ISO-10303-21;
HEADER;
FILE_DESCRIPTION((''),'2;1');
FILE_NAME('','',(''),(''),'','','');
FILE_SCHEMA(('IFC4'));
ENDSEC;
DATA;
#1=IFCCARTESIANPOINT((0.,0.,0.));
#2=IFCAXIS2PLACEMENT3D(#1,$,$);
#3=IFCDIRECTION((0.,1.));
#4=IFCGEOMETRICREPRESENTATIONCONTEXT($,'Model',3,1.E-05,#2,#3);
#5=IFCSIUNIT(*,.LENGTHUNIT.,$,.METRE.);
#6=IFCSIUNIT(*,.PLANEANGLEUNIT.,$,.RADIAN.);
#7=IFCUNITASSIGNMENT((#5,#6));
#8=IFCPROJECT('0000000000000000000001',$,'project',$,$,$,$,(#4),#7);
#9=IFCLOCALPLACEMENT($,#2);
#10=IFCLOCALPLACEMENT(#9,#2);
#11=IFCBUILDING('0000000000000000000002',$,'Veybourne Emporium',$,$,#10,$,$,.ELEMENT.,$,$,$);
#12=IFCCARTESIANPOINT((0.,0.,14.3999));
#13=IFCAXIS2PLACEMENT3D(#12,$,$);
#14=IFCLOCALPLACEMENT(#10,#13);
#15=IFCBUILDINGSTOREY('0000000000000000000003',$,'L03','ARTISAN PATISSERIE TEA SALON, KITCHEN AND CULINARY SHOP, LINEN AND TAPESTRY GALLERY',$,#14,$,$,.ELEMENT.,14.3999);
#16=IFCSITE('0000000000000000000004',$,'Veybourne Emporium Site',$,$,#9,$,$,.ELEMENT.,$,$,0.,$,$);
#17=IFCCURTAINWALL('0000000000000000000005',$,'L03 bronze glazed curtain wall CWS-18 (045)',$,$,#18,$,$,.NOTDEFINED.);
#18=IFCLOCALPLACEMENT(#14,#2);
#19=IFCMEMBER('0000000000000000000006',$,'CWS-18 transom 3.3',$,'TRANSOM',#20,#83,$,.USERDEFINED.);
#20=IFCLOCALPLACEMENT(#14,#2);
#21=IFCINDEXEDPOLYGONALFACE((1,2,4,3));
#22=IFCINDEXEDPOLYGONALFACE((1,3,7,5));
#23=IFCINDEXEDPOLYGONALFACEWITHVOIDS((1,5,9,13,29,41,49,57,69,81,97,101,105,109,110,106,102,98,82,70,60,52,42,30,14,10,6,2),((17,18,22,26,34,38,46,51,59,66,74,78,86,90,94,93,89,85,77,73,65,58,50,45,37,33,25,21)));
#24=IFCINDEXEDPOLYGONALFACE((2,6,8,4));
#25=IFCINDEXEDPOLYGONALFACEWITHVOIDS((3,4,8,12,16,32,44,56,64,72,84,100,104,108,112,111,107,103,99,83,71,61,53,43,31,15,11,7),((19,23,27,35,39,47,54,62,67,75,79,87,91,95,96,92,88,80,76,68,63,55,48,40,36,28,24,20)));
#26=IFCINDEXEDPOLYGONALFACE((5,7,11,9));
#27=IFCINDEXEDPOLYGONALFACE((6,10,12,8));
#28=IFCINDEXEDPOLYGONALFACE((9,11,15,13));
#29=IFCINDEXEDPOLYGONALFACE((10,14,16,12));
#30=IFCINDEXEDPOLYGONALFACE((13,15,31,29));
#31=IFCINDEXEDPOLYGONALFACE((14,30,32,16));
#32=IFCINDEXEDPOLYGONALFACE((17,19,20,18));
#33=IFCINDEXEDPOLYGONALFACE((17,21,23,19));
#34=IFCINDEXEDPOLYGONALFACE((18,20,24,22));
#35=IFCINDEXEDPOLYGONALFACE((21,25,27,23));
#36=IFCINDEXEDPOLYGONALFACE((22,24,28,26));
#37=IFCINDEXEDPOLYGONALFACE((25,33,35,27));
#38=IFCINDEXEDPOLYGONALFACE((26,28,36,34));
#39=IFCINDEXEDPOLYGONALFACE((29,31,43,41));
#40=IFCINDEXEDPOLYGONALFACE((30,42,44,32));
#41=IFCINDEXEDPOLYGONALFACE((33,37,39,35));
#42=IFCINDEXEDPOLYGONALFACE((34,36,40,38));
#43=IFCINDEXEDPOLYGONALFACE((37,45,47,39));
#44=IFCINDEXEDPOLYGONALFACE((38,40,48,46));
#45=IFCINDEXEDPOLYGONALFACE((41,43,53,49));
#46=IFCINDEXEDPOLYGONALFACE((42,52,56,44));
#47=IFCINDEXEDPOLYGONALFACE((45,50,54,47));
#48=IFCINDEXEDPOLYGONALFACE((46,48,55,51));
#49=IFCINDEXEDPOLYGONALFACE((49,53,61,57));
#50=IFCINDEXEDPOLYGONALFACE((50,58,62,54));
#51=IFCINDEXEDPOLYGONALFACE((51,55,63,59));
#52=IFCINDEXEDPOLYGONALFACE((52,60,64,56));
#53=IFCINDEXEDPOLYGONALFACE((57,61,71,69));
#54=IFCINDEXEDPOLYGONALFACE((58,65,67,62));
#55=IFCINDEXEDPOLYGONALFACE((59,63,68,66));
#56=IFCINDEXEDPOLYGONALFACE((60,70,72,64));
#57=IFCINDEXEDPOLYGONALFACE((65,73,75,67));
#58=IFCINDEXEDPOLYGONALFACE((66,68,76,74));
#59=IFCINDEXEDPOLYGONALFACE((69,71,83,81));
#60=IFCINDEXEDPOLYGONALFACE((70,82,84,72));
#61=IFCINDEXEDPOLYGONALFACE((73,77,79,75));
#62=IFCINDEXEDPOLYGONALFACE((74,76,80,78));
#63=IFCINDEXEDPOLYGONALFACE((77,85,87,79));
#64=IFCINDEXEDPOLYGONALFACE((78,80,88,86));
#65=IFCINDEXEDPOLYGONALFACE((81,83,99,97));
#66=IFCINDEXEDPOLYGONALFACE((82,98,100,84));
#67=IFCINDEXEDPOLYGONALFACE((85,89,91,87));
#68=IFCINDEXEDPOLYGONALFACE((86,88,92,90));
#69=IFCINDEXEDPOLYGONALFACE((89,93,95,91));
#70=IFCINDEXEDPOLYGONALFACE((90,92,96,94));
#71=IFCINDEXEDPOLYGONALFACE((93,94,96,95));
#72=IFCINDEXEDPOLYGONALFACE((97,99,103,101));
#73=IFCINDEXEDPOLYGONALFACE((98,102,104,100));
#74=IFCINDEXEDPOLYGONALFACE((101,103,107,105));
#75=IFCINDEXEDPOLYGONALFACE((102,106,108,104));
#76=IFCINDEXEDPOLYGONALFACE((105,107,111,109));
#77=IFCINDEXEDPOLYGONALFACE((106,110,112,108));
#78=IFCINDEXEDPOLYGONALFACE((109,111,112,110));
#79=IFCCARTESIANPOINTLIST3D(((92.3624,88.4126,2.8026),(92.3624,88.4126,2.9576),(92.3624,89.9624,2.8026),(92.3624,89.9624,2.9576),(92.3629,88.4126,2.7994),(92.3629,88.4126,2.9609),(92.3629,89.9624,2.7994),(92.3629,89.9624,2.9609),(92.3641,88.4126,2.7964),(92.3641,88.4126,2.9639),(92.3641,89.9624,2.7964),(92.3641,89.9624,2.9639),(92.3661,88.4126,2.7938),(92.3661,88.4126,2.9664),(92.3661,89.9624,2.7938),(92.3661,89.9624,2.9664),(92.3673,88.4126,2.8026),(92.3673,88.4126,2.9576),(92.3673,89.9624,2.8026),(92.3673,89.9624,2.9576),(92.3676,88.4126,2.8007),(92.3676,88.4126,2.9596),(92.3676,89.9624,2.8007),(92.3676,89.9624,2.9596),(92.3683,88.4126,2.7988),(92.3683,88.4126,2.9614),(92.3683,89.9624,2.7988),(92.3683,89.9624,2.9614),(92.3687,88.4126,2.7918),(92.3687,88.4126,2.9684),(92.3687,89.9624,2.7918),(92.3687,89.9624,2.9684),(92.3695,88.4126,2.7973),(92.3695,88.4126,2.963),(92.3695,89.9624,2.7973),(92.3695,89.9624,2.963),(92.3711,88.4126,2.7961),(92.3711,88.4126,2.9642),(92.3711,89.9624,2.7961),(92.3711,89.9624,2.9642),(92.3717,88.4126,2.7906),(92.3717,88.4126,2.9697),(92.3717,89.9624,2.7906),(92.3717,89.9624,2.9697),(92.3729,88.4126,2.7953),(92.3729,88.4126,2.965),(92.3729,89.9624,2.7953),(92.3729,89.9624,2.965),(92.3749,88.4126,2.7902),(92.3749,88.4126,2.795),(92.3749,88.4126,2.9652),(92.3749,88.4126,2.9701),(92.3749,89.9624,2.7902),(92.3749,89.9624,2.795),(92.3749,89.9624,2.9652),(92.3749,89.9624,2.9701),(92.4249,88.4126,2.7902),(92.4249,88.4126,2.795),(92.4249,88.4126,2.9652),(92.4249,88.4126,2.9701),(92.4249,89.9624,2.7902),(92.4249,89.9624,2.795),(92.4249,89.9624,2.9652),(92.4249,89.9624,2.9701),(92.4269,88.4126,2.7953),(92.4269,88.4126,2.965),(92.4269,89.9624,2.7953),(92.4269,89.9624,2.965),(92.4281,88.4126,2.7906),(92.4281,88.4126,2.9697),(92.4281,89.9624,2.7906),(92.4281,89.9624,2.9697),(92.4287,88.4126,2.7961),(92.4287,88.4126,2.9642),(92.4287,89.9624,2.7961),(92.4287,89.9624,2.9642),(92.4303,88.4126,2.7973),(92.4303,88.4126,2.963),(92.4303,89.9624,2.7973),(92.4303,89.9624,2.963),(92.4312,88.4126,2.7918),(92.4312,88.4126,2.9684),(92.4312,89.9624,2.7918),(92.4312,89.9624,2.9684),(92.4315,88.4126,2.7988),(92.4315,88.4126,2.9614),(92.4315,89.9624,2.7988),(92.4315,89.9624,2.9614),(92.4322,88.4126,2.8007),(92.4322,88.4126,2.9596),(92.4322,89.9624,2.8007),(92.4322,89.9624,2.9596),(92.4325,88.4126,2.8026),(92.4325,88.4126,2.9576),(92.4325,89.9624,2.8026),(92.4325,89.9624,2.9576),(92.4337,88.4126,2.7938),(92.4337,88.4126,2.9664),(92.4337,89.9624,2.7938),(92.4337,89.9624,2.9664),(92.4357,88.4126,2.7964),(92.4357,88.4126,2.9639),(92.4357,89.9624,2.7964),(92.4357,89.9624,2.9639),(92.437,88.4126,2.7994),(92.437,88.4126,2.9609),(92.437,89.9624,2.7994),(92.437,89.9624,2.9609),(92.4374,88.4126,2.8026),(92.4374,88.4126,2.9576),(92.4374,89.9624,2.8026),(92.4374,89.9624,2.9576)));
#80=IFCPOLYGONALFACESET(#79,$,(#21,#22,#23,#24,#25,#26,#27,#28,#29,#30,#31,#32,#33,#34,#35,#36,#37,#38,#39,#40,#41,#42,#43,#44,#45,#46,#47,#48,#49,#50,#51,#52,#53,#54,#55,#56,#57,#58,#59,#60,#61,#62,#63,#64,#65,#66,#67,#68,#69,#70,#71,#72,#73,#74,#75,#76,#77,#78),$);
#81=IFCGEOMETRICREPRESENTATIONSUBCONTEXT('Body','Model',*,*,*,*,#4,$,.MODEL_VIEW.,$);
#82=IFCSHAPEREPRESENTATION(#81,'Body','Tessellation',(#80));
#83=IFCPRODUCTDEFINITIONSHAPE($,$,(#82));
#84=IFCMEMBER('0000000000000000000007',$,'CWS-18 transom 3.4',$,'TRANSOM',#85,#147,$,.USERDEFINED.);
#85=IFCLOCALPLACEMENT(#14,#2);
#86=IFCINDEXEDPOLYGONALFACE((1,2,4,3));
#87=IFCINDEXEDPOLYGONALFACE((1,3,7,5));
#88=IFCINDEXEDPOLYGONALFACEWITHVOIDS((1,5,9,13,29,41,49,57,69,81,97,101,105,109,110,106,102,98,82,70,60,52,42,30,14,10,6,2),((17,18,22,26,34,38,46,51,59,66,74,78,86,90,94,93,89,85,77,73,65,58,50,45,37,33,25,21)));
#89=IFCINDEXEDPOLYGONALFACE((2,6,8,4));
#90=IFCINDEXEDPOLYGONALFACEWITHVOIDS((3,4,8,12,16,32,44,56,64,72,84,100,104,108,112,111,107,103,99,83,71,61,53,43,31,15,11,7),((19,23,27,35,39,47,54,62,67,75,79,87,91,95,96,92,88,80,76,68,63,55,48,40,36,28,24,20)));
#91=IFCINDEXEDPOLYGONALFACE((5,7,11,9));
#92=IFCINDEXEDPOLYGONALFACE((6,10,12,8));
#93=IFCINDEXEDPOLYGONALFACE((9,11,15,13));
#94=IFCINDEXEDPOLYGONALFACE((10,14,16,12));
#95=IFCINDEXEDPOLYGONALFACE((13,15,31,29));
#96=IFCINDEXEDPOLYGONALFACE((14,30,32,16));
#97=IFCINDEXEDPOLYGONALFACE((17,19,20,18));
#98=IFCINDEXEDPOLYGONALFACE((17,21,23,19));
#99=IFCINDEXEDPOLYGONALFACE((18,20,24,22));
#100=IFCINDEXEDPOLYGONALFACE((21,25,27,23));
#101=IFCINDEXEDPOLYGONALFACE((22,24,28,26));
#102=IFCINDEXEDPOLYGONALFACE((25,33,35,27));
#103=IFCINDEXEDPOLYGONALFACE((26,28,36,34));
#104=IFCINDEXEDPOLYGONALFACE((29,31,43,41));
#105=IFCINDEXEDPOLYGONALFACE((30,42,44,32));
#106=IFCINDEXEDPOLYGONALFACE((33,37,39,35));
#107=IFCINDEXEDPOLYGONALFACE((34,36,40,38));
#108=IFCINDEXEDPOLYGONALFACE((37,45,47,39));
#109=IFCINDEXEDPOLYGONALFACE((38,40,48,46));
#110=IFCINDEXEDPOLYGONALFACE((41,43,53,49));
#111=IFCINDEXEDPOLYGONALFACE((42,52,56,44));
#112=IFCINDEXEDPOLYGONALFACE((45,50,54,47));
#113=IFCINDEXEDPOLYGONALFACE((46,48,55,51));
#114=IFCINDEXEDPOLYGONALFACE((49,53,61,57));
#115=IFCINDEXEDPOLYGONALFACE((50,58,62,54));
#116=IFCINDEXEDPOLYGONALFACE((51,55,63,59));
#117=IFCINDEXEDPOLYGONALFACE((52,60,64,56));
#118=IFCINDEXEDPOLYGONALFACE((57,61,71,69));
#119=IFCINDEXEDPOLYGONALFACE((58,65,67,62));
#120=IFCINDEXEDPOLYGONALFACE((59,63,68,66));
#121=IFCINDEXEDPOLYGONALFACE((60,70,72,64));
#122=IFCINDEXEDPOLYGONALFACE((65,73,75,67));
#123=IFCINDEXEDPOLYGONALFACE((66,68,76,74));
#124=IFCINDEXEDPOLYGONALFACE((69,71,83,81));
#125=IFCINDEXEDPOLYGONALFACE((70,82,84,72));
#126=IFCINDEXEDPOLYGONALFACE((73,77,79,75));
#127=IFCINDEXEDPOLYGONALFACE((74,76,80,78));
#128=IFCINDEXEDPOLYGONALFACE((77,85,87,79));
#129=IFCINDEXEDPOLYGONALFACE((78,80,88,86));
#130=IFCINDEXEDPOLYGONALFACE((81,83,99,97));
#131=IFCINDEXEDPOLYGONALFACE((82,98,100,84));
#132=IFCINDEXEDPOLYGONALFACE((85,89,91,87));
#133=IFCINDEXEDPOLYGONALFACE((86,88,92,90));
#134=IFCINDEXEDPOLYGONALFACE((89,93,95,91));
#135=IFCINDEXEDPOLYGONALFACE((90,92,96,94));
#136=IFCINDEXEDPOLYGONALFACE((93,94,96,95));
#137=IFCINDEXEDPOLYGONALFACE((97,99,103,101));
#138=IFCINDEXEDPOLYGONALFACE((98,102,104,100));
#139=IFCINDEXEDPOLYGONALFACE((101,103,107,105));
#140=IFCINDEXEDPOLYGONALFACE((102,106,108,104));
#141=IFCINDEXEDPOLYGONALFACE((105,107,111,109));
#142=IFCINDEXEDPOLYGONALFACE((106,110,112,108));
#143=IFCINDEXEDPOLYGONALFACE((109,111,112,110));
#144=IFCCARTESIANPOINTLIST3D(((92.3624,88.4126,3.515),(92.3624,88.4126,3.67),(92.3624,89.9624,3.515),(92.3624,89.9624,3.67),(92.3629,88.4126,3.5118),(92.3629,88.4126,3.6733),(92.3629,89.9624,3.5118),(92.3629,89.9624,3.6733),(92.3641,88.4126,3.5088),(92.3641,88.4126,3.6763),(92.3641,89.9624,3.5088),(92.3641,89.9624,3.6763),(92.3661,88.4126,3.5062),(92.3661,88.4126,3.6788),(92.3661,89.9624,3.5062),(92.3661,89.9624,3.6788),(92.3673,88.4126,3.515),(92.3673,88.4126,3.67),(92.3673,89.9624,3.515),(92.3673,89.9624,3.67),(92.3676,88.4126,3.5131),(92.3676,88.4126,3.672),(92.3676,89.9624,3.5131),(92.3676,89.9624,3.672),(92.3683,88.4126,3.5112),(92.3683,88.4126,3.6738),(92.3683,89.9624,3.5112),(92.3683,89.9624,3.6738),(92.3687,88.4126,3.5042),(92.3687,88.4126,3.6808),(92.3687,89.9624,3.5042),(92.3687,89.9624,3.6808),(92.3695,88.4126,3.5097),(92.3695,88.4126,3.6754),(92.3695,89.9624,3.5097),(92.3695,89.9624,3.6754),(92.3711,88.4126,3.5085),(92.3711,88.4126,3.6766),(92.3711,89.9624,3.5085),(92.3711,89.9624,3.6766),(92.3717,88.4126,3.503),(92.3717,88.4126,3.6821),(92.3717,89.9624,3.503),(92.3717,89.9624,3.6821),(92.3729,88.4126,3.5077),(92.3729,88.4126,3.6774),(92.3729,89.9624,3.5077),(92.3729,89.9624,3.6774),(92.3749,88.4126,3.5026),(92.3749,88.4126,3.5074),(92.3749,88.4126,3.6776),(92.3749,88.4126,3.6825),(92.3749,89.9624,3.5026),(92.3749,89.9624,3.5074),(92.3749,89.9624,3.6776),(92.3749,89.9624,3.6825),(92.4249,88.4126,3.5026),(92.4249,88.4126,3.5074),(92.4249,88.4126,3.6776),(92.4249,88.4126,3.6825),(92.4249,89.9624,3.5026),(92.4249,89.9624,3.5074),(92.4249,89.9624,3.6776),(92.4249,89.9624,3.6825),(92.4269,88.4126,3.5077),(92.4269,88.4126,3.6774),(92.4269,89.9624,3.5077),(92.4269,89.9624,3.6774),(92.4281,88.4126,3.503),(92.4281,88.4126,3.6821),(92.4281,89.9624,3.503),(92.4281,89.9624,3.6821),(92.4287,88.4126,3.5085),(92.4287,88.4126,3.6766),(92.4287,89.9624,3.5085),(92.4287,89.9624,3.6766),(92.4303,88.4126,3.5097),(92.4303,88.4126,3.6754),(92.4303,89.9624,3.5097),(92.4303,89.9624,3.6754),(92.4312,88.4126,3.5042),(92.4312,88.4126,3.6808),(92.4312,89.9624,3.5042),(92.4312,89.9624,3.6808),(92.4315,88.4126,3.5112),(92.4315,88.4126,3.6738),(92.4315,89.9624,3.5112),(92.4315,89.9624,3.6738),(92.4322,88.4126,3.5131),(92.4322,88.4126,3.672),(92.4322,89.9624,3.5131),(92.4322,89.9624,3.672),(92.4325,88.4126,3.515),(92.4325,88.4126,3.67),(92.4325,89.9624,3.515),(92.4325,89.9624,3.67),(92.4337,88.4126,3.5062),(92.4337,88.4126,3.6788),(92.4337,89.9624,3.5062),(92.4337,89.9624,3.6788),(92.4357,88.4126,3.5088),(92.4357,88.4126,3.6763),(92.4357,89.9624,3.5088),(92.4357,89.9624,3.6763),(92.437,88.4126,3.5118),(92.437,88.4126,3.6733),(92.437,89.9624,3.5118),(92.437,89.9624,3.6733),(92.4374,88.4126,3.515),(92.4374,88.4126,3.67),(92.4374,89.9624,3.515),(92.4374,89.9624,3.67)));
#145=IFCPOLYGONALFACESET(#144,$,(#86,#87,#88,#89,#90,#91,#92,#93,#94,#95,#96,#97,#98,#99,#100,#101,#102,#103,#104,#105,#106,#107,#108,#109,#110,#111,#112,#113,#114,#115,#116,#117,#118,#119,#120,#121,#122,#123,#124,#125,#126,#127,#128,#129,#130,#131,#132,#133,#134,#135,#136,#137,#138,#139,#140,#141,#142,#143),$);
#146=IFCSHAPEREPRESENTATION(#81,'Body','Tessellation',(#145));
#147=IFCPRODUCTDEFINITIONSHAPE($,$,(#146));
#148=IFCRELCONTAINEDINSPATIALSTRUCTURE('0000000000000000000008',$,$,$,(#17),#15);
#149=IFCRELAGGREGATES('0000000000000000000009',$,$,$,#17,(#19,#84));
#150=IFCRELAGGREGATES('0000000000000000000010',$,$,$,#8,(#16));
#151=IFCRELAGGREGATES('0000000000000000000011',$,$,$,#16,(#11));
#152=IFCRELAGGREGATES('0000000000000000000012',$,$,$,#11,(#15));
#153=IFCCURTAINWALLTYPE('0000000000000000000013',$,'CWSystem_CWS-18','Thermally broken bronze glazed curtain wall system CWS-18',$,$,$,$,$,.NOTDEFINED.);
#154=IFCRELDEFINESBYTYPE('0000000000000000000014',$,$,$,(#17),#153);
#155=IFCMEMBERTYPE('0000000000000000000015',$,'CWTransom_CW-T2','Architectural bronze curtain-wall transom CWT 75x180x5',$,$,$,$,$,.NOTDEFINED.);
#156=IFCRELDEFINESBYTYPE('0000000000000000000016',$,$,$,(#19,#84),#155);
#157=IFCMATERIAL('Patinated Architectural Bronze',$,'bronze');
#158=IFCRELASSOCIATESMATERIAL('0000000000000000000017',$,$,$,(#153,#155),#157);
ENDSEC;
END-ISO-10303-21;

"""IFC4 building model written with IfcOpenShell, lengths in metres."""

from ifc_helpers import new_model, si_unit, direction, frame, origin, origin_2d, place, context, subcontext, project, spatial, hollow_rectangle, extrude, material, material_profile, profile_set, type_object, element, aggregate, save


model = new_model("IFC4")

# Units and contexts
model_context = context("Model", 3, precision=1e-05, world=origin(), true_north=direction((0.0, 1.0)))
body_context = subcontext(model_context, "Body", "Model", "MODEL_VIEW")
ifc_project = project(units=[si_unit("LENGTHUNIT", "METRE"), si_unit("PLANEANGLEUNIT", "RADIAN")], contexts=[model_context])

# Site, building, storey
site_placement = place(None, origin())
site = spatial("IfcSite", under=ifc_project, at=site_placement, Name="Veybourne Emporium Site", CompositionType="ELEMENT", RefElevation=0.0)
building_placement = place(site_placement, origin())
building = spatial("IfcBuilding", under=site, at=building_placement, Name="Veybourne Emporium", CompositionType="ELEMENT")
storey_placement = place(building_placement, frame((0.0, 0.0, 14.3999)))
storey = spatial("IfcBuildingStorey", under=building, at=storey_placement, Name="L03", Description="ARTISAN PATISSERIE TEA SALON, KITCHEN AND CULINARY SHOP, LINEN AND TAPESTRY GALLERY", CompositionType="ELEMENT", Elevation=14.3999)

# Curtain wall, members
ifc_material_1 = material(Name="Patinated Architectural Bronze", Category="bronze")
curtain_wall_type = type_object("IfcCurtainWallType", Name="CWSystem_CWS-18", Description="Thermally broken bronze glazed curtain wall system CWS-18", PredefinedType="NOTDEFINED", material=ifc_material_1)
curtain_wall_placement = place(storey_placement, origin())
curtain_wall = element("IfcCurtainWall", 1, at=curtain_wall_placement, inside=storey, type_object=curtain_wall_type, Name="L03 bronze glazed curtain wall CWS-18 (045)", PredefinedType="NOTDEFINED")
ifc_material_profile_1 = material_profile(ifc_material_1, hollow_rectangle(XDim=0.075, YDim=0.1799, WallThickness=0.0049, InnerFilletRadius=0.0076, OuterFilletRadius=0.0125, at=origin_2d()), Name="CWT 75x180x5")
ifc_profile_set_1 = profile_set([ifc_material_profile_1], Name="Patinated Architectural Bronze")
member_type_1 = type_object("IfcMemberType", Name="CWTransom_CW-T2", Description="Architectural bronze curtain-wall transom CWT 75x180x5", PredefinedType="NOTDEFINED", material=ifc_profile_set_1)
member_1_placement = place(storey_placement, frame((92.3999, 89.9624, 2.8801), z_axis=(0.0, -1.0, 0.0), x_axis=(1.0, 0.0, 0.0)))
member_1 = element("IfcMember", 2, at=member_1_placement, type_object=member_type_1, Name="CWS-18 transom 3.3", ObjectType="TRANSOM", PredefinedType="USERDEFINED", context=body_context, shape_type="SweptSolid", body=[
    extrude(hollow_rectangle(XDim=0.075, YDim=0.1799, WallThickness=0.0049, InnerFilletRadius=0.0076, OuterFilletRadius=0.0125, at=origin_2d()), origin(), (0.0, 0.0, 1.0), 1.5498),
])
member_2_placement = place(storey_placement, frame((92.3999, 89.9624, 3.5925), z_axis=(0.0, -1.0, 0.0), x_axis=(1.0, 0.0, 0.0)))
member_2 = element("IfcMember", 3, at=member_2_placement, type_object=member_type_1, Name="CWS-18 transom 3.4", ObjectType="TRANSOM", PredefinedType="USERDEFINED", context=body_context, shape_type="SweptSolid", body=[
    extrude(hollow_rectangle(XDim=0.075, YDim=0.1799, WallThickness=0.0049, InnerFilletRadius=0.0076, OuterFilletRadius=0.0125, at=origin_2d()), origin(), (0.0, 0.0, 1.0), 1.5498),
])

aggregate(curtain_wall, [member_1, member_2])

save(model, "model.ifc")
